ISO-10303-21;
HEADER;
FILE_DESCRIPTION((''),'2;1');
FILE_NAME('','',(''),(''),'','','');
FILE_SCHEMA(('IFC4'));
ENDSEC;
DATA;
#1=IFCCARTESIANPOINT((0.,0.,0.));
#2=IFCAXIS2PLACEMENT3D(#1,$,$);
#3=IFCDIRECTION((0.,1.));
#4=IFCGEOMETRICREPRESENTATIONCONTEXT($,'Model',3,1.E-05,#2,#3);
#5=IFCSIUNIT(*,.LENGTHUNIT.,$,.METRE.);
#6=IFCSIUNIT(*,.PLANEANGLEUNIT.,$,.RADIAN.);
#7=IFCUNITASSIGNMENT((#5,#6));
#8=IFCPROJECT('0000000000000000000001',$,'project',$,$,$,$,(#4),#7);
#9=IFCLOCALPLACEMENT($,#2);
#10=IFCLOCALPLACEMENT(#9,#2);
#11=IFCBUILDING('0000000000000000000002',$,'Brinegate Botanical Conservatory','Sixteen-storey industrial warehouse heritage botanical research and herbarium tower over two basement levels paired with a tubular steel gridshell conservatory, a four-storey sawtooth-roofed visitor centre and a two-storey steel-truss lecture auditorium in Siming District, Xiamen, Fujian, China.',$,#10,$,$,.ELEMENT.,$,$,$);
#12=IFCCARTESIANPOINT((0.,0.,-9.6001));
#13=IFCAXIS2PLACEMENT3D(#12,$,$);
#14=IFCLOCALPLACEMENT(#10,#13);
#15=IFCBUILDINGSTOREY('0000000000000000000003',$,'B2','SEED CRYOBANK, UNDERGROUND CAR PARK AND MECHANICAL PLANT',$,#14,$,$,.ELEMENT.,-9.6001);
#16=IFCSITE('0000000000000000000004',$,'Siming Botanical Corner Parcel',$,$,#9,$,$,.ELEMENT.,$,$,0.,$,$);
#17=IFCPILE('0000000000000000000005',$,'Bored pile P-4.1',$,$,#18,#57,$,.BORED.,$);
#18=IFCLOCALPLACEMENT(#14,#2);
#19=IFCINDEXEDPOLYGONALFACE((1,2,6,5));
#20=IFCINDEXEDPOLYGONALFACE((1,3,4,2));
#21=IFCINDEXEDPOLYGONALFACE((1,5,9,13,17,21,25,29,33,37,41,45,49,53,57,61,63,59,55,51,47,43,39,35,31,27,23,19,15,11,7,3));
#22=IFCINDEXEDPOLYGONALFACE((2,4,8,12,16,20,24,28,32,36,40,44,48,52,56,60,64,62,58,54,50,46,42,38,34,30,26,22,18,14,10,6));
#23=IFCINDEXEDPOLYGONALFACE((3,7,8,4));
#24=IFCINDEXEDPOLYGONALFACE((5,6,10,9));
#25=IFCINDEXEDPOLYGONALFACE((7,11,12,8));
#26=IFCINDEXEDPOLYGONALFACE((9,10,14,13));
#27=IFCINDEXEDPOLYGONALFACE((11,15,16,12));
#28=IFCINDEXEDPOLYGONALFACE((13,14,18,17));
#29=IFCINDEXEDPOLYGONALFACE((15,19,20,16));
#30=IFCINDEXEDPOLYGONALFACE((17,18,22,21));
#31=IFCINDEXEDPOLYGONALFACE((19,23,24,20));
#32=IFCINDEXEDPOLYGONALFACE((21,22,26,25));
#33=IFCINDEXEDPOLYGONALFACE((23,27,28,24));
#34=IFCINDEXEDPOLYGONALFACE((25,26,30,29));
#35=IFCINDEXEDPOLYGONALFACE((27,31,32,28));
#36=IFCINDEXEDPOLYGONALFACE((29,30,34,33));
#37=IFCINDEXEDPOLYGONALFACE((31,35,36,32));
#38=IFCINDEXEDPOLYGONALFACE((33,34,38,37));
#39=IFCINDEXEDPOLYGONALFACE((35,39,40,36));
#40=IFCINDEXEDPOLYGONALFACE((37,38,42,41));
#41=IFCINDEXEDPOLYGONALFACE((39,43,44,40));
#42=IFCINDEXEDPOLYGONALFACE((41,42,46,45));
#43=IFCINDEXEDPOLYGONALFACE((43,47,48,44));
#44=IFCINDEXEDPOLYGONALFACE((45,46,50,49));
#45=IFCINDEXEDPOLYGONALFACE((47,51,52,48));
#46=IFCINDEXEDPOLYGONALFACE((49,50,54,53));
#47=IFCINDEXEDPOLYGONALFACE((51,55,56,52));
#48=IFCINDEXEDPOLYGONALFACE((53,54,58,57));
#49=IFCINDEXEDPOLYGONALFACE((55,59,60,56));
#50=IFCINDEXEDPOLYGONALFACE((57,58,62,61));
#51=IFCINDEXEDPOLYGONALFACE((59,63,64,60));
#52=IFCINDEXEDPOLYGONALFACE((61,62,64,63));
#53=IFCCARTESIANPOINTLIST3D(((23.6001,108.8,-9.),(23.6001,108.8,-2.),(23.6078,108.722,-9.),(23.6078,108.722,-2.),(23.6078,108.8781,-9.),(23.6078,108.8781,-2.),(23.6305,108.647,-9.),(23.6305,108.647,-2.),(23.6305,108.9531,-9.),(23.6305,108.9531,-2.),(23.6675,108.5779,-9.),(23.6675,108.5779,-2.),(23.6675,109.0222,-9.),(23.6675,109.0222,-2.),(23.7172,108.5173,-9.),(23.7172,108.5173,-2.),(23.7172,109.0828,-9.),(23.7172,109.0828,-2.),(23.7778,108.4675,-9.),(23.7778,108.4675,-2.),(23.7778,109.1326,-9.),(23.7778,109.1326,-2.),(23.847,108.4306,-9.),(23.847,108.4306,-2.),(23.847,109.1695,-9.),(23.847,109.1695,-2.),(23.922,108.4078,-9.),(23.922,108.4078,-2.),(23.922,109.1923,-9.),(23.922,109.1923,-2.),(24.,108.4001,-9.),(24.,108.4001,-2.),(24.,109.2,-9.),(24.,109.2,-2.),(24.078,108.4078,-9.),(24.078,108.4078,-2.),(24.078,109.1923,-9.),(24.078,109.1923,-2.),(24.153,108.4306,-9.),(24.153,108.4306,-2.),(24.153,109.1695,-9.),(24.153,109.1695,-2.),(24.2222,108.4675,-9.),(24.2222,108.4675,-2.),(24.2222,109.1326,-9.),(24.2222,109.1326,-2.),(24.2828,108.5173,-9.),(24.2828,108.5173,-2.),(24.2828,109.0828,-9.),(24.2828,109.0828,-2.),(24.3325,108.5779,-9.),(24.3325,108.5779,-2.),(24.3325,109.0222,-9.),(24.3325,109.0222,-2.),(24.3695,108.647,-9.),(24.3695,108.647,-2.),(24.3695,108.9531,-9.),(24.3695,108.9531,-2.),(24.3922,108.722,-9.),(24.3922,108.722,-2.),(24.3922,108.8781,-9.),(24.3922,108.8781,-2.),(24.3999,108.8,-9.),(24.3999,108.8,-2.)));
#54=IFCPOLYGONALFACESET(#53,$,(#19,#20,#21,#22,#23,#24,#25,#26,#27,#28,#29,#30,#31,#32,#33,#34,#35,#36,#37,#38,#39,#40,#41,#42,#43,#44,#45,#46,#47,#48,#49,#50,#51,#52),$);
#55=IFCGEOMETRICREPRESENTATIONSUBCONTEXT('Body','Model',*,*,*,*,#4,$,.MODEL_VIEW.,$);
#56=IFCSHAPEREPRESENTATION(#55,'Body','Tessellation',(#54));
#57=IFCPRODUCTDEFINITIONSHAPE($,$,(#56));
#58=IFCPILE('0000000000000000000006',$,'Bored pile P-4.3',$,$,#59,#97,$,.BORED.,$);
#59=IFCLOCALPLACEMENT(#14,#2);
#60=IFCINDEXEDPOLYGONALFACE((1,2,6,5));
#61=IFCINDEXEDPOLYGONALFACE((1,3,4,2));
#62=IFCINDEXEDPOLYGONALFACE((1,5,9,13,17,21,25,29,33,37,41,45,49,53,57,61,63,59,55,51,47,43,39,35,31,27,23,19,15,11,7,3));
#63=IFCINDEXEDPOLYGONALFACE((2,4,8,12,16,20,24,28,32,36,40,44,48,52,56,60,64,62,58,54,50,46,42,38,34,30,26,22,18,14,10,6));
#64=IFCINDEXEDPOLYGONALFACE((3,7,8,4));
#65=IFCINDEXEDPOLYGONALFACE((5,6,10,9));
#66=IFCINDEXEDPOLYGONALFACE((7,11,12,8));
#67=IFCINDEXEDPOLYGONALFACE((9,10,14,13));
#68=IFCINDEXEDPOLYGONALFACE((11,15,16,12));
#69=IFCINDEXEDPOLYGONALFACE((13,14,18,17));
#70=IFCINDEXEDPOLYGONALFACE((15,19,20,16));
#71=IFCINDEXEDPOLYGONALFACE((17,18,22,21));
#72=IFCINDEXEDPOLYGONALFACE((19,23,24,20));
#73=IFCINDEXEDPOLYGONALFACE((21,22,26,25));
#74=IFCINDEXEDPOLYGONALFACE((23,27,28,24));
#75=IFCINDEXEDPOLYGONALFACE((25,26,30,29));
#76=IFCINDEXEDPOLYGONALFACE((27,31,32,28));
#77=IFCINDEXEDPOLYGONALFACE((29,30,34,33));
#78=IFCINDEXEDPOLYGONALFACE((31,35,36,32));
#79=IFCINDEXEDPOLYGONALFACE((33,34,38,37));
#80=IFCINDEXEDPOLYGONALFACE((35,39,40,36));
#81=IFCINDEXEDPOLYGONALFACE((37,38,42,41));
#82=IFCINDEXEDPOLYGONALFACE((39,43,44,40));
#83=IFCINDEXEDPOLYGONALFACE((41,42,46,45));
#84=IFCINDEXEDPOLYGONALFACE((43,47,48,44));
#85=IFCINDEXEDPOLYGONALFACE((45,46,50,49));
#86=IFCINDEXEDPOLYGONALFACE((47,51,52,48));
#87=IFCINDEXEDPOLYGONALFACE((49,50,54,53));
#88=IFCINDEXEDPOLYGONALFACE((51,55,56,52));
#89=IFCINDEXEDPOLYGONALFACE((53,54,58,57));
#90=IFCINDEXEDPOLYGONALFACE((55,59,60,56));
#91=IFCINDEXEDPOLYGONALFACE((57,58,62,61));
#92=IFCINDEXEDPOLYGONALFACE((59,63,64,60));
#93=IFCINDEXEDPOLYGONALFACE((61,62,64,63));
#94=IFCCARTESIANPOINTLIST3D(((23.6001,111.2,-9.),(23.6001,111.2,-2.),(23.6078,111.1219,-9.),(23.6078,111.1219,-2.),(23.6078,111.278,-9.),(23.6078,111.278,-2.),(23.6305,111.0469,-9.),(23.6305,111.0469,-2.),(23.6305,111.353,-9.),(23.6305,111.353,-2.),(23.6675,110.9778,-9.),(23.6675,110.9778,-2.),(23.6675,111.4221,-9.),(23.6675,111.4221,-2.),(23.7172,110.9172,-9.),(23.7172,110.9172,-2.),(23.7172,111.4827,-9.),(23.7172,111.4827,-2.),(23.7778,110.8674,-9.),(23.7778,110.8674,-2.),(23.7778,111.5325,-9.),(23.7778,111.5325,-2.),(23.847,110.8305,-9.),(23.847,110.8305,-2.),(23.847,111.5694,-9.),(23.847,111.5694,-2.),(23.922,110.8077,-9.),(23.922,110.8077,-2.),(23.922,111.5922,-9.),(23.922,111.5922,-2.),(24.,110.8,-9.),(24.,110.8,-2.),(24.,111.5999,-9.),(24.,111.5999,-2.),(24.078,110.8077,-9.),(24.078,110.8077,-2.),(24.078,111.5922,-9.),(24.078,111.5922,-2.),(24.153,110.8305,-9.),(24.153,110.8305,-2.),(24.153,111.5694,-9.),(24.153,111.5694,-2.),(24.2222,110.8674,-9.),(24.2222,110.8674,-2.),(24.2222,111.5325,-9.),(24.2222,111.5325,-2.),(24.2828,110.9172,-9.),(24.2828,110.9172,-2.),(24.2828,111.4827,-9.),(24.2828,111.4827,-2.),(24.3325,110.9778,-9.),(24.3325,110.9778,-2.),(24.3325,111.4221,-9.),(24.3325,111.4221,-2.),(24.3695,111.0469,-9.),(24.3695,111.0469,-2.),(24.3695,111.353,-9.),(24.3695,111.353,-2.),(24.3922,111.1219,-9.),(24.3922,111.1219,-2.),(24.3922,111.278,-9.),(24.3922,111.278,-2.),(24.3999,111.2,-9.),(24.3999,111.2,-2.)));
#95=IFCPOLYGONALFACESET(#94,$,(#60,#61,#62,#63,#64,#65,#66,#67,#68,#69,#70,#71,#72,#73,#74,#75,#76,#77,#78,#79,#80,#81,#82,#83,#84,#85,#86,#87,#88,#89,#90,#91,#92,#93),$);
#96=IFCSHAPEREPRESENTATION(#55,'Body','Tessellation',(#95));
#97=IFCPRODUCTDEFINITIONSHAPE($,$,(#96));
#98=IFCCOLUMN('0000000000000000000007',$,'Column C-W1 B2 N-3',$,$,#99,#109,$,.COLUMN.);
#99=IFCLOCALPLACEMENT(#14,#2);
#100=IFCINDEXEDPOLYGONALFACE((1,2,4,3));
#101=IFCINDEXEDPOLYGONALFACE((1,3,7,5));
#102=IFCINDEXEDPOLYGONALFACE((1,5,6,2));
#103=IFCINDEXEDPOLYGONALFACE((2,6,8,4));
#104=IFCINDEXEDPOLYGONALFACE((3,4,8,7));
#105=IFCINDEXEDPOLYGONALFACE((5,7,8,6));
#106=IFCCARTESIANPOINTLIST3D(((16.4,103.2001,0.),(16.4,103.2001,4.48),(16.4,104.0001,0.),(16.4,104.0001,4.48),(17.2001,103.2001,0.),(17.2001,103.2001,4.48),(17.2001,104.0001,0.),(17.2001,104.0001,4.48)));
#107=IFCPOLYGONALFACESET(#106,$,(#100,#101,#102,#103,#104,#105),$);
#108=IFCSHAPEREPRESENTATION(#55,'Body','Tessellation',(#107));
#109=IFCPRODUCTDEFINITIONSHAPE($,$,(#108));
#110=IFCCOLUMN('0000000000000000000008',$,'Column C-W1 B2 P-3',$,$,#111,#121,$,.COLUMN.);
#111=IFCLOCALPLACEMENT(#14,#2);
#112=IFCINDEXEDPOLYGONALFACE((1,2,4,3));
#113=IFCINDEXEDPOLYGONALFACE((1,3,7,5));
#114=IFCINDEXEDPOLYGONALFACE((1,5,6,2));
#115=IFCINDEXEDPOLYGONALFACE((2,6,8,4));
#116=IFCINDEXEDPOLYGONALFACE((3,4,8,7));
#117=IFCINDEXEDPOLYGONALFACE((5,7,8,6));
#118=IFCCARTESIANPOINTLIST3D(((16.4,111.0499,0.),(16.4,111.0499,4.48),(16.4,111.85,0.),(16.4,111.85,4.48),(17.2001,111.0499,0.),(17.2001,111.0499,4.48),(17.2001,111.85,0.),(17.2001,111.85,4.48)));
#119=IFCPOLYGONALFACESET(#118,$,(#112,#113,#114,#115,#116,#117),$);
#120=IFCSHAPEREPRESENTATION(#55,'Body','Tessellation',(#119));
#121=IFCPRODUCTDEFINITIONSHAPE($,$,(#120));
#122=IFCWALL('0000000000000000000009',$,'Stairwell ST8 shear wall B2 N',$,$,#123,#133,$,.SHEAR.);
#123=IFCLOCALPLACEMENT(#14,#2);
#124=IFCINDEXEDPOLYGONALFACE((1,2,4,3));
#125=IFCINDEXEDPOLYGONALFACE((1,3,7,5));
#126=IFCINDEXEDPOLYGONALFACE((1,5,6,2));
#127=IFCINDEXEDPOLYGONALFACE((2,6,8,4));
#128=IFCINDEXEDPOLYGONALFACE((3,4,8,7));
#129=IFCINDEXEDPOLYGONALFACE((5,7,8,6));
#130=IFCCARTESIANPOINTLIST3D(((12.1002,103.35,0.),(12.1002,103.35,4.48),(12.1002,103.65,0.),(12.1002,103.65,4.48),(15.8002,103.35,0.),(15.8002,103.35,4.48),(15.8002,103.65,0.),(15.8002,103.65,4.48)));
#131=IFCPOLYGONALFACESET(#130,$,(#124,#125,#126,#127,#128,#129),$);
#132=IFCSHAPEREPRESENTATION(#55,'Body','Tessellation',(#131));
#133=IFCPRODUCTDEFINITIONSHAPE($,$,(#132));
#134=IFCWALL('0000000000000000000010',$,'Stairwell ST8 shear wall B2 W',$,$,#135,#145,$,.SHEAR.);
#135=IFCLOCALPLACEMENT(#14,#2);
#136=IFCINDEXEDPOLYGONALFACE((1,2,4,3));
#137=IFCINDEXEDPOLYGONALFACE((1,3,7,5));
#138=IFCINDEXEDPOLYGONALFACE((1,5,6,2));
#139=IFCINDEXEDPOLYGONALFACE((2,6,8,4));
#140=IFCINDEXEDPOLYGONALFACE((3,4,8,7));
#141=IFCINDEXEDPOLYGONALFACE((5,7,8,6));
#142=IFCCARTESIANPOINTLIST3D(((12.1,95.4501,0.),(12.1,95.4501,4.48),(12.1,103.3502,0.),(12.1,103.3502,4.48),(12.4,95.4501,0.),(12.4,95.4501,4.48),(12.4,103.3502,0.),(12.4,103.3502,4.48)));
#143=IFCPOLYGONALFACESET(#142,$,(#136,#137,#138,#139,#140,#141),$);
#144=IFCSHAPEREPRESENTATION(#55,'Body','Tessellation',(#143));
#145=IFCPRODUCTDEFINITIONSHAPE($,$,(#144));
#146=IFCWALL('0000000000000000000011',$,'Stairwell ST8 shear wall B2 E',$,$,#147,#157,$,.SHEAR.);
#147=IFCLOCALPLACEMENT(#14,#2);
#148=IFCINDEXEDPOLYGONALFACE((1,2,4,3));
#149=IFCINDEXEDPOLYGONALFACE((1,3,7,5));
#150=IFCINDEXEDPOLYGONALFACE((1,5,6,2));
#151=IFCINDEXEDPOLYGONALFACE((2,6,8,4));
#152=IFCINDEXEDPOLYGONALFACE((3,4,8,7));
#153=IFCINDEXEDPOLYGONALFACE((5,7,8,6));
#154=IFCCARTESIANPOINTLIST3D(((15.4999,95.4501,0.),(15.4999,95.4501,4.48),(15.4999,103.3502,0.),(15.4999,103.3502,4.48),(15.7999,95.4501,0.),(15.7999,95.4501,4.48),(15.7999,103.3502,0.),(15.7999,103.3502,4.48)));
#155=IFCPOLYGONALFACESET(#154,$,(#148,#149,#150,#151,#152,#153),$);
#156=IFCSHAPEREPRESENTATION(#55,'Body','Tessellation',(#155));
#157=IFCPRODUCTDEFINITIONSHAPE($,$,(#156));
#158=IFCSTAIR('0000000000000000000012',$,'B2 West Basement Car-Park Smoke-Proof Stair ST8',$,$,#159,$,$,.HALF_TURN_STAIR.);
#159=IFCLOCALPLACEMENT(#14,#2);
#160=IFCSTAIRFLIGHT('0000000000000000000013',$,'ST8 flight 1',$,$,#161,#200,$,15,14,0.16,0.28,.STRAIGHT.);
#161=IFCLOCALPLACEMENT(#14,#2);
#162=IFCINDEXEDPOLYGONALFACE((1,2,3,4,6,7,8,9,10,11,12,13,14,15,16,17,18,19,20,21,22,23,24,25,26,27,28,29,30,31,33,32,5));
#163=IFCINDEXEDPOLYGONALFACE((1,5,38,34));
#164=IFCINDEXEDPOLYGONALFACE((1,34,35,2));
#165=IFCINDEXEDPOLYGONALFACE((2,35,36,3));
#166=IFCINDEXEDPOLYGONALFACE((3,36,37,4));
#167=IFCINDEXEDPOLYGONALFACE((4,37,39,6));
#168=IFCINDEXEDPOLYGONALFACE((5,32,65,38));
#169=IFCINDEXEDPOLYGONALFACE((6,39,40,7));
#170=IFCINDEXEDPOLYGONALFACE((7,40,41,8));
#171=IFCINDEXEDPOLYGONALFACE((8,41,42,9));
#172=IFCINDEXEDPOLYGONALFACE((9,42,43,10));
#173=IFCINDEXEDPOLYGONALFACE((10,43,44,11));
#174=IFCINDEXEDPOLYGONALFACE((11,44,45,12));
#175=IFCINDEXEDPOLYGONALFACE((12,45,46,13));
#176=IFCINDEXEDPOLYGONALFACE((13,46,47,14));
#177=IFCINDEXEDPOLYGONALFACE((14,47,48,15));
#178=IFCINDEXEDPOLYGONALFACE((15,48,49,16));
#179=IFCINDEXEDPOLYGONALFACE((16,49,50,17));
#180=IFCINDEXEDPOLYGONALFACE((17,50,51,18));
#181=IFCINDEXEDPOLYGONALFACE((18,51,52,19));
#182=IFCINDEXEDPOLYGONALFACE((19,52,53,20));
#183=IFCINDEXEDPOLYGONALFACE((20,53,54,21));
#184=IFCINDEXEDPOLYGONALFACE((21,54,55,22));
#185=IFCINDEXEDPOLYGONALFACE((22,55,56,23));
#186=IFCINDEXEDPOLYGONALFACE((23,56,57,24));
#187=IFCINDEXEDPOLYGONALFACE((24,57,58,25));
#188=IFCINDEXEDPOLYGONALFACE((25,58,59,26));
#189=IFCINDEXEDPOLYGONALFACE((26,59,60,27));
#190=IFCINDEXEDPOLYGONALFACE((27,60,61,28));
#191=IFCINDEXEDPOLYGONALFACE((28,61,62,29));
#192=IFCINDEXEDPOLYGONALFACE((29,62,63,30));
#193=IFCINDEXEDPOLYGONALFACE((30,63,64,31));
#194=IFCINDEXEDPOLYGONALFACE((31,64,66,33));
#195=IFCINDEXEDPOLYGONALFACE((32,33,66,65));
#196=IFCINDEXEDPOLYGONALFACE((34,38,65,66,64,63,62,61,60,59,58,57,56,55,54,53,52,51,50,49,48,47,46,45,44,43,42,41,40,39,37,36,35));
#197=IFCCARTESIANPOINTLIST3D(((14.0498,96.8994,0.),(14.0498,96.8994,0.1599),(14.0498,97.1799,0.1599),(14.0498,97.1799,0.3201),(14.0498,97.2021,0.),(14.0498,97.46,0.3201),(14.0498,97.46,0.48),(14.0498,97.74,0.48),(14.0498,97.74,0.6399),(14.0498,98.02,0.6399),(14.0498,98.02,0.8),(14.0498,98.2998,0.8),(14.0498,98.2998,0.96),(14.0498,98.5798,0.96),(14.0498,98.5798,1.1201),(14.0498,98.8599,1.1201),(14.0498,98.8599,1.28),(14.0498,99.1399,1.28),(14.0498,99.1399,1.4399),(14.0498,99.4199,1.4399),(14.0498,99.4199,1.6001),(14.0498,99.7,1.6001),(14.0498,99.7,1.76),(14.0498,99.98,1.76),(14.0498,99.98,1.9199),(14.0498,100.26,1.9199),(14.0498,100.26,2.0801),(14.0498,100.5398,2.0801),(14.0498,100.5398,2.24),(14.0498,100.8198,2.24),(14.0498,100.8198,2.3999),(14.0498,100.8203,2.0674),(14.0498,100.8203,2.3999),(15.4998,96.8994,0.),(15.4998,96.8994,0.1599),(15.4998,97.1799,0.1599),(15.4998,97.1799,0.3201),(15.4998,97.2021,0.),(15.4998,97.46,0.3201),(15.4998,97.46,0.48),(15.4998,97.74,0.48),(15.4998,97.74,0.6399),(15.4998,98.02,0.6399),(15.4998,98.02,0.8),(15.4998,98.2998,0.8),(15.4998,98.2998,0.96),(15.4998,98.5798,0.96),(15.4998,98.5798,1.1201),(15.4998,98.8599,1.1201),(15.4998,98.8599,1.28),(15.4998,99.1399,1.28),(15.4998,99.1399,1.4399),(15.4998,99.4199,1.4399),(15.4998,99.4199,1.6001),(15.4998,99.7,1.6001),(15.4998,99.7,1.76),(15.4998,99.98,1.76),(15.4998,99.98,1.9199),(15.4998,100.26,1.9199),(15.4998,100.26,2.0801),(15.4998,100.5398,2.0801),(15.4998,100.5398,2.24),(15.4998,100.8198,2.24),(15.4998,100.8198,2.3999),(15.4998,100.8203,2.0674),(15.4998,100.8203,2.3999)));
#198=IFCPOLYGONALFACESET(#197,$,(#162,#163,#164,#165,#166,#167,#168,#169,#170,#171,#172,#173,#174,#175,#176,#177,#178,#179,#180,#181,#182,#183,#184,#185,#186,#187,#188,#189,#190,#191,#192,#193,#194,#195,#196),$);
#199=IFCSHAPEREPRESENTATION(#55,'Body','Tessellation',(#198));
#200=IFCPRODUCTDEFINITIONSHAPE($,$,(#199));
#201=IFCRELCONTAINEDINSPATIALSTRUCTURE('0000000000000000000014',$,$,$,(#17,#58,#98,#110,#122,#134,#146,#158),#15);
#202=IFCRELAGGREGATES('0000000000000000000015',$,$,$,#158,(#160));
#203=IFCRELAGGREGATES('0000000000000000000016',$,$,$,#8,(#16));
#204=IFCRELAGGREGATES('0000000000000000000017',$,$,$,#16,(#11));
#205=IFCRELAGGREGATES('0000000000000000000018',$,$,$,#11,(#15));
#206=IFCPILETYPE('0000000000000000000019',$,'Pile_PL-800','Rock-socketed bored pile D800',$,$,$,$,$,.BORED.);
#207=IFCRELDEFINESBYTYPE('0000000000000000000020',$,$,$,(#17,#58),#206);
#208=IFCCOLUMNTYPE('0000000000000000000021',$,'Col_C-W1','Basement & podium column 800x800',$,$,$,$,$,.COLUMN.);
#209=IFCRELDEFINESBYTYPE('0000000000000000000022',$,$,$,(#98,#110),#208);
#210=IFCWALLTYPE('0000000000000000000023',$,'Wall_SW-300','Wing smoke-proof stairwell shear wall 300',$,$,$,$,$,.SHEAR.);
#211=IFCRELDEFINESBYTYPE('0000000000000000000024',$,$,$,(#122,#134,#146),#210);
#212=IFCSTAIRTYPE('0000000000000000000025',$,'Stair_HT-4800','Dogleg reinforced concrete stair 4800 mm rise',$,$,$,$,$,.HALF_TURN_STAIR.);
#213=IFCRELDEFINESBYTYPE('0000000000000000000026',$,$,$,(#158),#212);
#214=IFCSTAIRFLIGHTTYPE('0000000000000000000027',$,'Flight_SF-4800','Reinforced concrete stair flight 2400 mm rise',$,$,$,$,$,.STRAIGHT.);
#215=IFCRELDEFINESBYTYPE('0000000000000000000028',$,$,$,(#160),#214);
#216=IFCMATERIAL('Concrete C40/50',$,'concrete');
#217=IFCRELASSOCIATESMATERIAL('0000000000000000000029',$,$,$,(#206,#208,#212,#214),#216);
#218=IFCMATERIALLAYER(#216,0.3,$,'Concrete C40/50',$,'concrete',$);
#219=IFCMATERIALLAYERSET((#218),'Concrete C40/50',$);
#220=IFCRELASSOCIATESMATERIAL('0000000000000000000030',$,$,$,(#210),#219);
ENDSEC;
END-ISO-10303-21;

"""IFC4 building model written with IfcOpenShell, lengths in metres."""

from ifc_helpers import new_model, si_unit, direction, frame, frame_2d, origin, origin_2d, place, context, subcontext, project, spatial, polyline, rectangle, circle, outline, extrude, material, layer, layer_set, material_profile, profile_set, type_object, element, aggregate, save


model = new_model("IFC4")

# Units and contexts
model_context = context("Model", 3, precision=1e-05, world=origin(), true_north=direction((0.0, 1.0)))
body_context = subcontext(model_context, "Body", "Model", "MODEL_VIEW")
ifc_project = project(units=[si_unit("LENGTHUNIT", "METRE"), si_unit("PLANEANGLEUNIT", "RADIAN")], contexts=[model_context])

# Site, building, storey
site_placement = place(None, origin())
site = spatial("IfcSite", under=ifc_project, at=site_placement, Name="Siming Botanical Corner Parcel", CompositionType="ELEMENT", RefElevation=0.0)
building_placement = place(site_placement, origin())
building = spatial("IfcBuilding", under=site, at=building_placement, Name="Brinegate Botanical Conservatory", Description="Sixteen-storey industrial warehouse heritage botanical research and herbarium tower over two basement levels paired with a tubular steel gridshell conservatory, a four-storey sawtooth-roofed visitor centre and a two-storey steel-truss lecture auditorium in Siming District, Xiamen, Fujian, China.", CompositionType="ELEMENT")
storey_placement = place(building_placement, frame((0.0, 0.0, -9.6001)))
storey = spatial("IfcBuildingStorey", under=building, at=storey_placement, Name="B2", Description="SEED CRYOBANK, UNDERGROUND CAR PARK AND MECHANICAL PLANT", CompositionType="ELEMENT", Elevation=-9.6001)

# Shared definitions
ifc_material_1 = material(Name="Concrete C40/50", Category="concrete")

# Piles
ifc_material_profile_1 = material_profile(ifc_material_1, circle(Radius=0.3999, at=origin_2d()), Name="PILE D800")
ifc_profile_set_1 = profile_set([ifc_material_profile_1], Name="Concrete C40/50")
pile_type = type_object("IfcPileType", Name="Pile_PL-800", Description="Rock-socketed bored pile D800", PredefinedType="BORED", material=ifc_profile_set_1)
for number, where, z_axis, x_axis, name in (
    (1, (24.0, 108.8, -2.0), (0.0, 0.0, -1.0), (1.0, 0.0, 0.0), "Bored pile P-4.1"),
    (2, (24.0, 111.2, -2.0), (0.0, 0.0, -1.0), (1.0, 0.0, 0.0), "Bored pile P-4.3"),
):
    element("IfcPile", number, at=place(storey_placement, frame(where, z_axis=z_axis, x_axis=x_axis)), inside=storey, type_object=pile_type, Name=name, PredefinedType="BORED", context=body_context, shape_type="SweptSolid", body=[
        extrude(circle(Radius=0.3999, at=origin_2d()), origin(), (0.0, 0.0, 1.0), 7.0),
    ])

# Columns
ifc_material_profile_2 = material_profile(ifc_material_1, rectangle(XDim=0.8, YDim=0.8, at=origin_2d()), Name="RC COL 800x800")
ifc_profile_set_2 = profile_set([ifc_material_profile_2], Name="Concrete C40/50")
column_type = type_object("IfcColumnType", Name="Col_C-W1", Description="Basement & podium column 800x800", PredefinedType="COLUMN", material=ifc_profile_set_2)
for number, where, z_axis, x_axis, name in (
    (3, (16.8, 103.6001, 0.0), (0.0, 0.0, 1.0), (1.0, 0.0, 0.0), "Column C-W1 B2 N-3"),
    (4, (16.8, 111.45, 0.0), (0.0, 0.0, 1.0), (1.0, 0.0, 0.0), "Column C-W1 B2 P-3"),
):
    element("IfcColumn", number, at=place(storey_placement, frame(where, z_axis=z_axis, x_axis=x_axis)), inside=storey, type_object=column_type, Name=name, PredefinedType="COLUMN", context=body_context, shape_type="SweptSolid", body=[
        extrude(rectangle(XDim=0.8, YDim=0.8, at=origin_2d()), origin(), (0.0, 0.0, 1.0), 4.48),
    ])

# Shared definitions
ifc_layer = layer(ifc_material_1, 0.3, Name="Concrete C40/50", Category="concrete")
ifc_layer_set = layer_set([ifc_layer], Name="Concrete C40/50")
wall_type = type_object("IfcWallType", Name="Wall_SW-300", Description="Wing smoke-proof stairwell shear wall 300", PredefinedType="SHEAR", material=ifc_layer_set)

# Walls
wall_1_placement = place(storey_placement, frame((12.1001, 103.5, 0.0), z_axis=(0.0, 0.0, 1.0), x_axis=(1.0, 0.0, 0.0)))
element("IfcWall", 5, at=wall_1_placement, inside=storey, type_object=wall_type, Name="Stairwell ST8 shear wall B2 N", PredefinedType="SHEAR", context=body_context, shape_type="SweptSolid", body=[
    extrude(rectangle(XDim=3.7, YDim=0.3, at=frame_2d((1.8501, 0.0))), origin(), (0.0, 0.0, 1.0), 4.48),
])
for number, where, z_axis, x_axis, name in (
    (6, (12.25, 95.45, 0.0), (0.0, 0.0, 1.0), (0.0, 1.0, 0.0), "Stairwell ST8 shear wall B2 W"),
    (7, (15.6499, 95.45, 0.0), (0.0, 0.0, 1.0), (0.0, 1.0, 0.0), "Stairwell ST8 shear wall B2 E"),
):
    element("IfcWall", number, at=place(storey_placement, frame(where, z_axis=z_axis, x_axis=x_axis)), inside=storey, type_object=wall_type, Name=name, PredefinedType="SHEAR", context=body_context, shape_type="SweptSolid", body=[
        extrude(rectangle(XDim=7.9001, YDim=0.3, at=frame_2d((3.9502, 0.0))), origin(), (0.0, 0.0, 1.0), 4.48),
    ])

# Stair, stair flight
stair_type = type_object("IfcStairType", Name="Stair_HT-4800", Description="Dogleg reinforced concrete stair 4800 mm rise", PredefinedType="HALF_TURN_STAIR", material=ifc_material_1)
stair_placement = place(storey_placement, origin())
stair = element("IfcStair", 8, at=stair_placement, inside=storey, type_object=stair_type, Name="B2 West Basement Car-Park Smoke-Proof Stair ST8", PredefinedType="HALF_TURN_STAIR")
stair_flight_type = type_object("IfcStairFlightType", Name="Flight_SF-4800", Description="Reinforced concrete stair flight 2400 mm rise", PredefinedType="STRAIGHT", material=ifc_material_1)
stair_flight_1_placement = place(storey_placement, frame((14.7749, 96.8999, 0.0), z_axis=(0.0, 0.0, 1.0), x_axis=(0.0, 1.0, 0.0)))
stair_flight_1 = element("IfcStairFlight", 9, at=stair_flight_1_placement, type_object=stair_flight_type, Name="ST8 flight 1", NumberOfRisers=15, NumberOfTreads=14, PredefinedType="STRAIGHT", RiserHeight=0.16, TreadLength=0.28, context=body_context, shape_type="SweptSolid", body=[
    extrude(outline(polyline([(-0.0005, 0.0), (-0.0005, 0.1599), (0.28, 0.1599), (0.28, 0.3201), (0.5601, 0.3201), (0.5601, 0.48), (0.8401, 0.48), (0.8401, 0.6399), (1.1201, 0.6399), (1.1201, 0.8), (1.3999, 0.8), (1.3999, 0.96), (1.6799, 0.96), (1.6799, 1.1201), (1.96, 1.1201), (1.96, 1.28), (2.24, 1.28), (2.24, 1.4399), (2.52, 1.4399), (2.52, 1.6001), (2.8, 1.6001), (2.8, 1.76), (3.0801, 1.76), (3.0801, 1.9199), (3.3601, 1.9199), (3.3601, 2.0801), (3.6399, 2.0801), (3.6399, 2.24), (3.9199, 2.24), (3.9199, 2.3999), (3.9204, 2.3999), (3.9204, 2.0674), (0.3022, 0.0), (-0.0005, 0.0)])), frame((0.0, 0.7251, 0.0), z_axis=(0.0, -1.0, 0.0), x_axis=(1.0, 0.0, 0.0)), (0.0, 0.0, 1.0), 1.45),
])
aggregate(stair, [stair_flight_1])

save(model, "model.ifc")
